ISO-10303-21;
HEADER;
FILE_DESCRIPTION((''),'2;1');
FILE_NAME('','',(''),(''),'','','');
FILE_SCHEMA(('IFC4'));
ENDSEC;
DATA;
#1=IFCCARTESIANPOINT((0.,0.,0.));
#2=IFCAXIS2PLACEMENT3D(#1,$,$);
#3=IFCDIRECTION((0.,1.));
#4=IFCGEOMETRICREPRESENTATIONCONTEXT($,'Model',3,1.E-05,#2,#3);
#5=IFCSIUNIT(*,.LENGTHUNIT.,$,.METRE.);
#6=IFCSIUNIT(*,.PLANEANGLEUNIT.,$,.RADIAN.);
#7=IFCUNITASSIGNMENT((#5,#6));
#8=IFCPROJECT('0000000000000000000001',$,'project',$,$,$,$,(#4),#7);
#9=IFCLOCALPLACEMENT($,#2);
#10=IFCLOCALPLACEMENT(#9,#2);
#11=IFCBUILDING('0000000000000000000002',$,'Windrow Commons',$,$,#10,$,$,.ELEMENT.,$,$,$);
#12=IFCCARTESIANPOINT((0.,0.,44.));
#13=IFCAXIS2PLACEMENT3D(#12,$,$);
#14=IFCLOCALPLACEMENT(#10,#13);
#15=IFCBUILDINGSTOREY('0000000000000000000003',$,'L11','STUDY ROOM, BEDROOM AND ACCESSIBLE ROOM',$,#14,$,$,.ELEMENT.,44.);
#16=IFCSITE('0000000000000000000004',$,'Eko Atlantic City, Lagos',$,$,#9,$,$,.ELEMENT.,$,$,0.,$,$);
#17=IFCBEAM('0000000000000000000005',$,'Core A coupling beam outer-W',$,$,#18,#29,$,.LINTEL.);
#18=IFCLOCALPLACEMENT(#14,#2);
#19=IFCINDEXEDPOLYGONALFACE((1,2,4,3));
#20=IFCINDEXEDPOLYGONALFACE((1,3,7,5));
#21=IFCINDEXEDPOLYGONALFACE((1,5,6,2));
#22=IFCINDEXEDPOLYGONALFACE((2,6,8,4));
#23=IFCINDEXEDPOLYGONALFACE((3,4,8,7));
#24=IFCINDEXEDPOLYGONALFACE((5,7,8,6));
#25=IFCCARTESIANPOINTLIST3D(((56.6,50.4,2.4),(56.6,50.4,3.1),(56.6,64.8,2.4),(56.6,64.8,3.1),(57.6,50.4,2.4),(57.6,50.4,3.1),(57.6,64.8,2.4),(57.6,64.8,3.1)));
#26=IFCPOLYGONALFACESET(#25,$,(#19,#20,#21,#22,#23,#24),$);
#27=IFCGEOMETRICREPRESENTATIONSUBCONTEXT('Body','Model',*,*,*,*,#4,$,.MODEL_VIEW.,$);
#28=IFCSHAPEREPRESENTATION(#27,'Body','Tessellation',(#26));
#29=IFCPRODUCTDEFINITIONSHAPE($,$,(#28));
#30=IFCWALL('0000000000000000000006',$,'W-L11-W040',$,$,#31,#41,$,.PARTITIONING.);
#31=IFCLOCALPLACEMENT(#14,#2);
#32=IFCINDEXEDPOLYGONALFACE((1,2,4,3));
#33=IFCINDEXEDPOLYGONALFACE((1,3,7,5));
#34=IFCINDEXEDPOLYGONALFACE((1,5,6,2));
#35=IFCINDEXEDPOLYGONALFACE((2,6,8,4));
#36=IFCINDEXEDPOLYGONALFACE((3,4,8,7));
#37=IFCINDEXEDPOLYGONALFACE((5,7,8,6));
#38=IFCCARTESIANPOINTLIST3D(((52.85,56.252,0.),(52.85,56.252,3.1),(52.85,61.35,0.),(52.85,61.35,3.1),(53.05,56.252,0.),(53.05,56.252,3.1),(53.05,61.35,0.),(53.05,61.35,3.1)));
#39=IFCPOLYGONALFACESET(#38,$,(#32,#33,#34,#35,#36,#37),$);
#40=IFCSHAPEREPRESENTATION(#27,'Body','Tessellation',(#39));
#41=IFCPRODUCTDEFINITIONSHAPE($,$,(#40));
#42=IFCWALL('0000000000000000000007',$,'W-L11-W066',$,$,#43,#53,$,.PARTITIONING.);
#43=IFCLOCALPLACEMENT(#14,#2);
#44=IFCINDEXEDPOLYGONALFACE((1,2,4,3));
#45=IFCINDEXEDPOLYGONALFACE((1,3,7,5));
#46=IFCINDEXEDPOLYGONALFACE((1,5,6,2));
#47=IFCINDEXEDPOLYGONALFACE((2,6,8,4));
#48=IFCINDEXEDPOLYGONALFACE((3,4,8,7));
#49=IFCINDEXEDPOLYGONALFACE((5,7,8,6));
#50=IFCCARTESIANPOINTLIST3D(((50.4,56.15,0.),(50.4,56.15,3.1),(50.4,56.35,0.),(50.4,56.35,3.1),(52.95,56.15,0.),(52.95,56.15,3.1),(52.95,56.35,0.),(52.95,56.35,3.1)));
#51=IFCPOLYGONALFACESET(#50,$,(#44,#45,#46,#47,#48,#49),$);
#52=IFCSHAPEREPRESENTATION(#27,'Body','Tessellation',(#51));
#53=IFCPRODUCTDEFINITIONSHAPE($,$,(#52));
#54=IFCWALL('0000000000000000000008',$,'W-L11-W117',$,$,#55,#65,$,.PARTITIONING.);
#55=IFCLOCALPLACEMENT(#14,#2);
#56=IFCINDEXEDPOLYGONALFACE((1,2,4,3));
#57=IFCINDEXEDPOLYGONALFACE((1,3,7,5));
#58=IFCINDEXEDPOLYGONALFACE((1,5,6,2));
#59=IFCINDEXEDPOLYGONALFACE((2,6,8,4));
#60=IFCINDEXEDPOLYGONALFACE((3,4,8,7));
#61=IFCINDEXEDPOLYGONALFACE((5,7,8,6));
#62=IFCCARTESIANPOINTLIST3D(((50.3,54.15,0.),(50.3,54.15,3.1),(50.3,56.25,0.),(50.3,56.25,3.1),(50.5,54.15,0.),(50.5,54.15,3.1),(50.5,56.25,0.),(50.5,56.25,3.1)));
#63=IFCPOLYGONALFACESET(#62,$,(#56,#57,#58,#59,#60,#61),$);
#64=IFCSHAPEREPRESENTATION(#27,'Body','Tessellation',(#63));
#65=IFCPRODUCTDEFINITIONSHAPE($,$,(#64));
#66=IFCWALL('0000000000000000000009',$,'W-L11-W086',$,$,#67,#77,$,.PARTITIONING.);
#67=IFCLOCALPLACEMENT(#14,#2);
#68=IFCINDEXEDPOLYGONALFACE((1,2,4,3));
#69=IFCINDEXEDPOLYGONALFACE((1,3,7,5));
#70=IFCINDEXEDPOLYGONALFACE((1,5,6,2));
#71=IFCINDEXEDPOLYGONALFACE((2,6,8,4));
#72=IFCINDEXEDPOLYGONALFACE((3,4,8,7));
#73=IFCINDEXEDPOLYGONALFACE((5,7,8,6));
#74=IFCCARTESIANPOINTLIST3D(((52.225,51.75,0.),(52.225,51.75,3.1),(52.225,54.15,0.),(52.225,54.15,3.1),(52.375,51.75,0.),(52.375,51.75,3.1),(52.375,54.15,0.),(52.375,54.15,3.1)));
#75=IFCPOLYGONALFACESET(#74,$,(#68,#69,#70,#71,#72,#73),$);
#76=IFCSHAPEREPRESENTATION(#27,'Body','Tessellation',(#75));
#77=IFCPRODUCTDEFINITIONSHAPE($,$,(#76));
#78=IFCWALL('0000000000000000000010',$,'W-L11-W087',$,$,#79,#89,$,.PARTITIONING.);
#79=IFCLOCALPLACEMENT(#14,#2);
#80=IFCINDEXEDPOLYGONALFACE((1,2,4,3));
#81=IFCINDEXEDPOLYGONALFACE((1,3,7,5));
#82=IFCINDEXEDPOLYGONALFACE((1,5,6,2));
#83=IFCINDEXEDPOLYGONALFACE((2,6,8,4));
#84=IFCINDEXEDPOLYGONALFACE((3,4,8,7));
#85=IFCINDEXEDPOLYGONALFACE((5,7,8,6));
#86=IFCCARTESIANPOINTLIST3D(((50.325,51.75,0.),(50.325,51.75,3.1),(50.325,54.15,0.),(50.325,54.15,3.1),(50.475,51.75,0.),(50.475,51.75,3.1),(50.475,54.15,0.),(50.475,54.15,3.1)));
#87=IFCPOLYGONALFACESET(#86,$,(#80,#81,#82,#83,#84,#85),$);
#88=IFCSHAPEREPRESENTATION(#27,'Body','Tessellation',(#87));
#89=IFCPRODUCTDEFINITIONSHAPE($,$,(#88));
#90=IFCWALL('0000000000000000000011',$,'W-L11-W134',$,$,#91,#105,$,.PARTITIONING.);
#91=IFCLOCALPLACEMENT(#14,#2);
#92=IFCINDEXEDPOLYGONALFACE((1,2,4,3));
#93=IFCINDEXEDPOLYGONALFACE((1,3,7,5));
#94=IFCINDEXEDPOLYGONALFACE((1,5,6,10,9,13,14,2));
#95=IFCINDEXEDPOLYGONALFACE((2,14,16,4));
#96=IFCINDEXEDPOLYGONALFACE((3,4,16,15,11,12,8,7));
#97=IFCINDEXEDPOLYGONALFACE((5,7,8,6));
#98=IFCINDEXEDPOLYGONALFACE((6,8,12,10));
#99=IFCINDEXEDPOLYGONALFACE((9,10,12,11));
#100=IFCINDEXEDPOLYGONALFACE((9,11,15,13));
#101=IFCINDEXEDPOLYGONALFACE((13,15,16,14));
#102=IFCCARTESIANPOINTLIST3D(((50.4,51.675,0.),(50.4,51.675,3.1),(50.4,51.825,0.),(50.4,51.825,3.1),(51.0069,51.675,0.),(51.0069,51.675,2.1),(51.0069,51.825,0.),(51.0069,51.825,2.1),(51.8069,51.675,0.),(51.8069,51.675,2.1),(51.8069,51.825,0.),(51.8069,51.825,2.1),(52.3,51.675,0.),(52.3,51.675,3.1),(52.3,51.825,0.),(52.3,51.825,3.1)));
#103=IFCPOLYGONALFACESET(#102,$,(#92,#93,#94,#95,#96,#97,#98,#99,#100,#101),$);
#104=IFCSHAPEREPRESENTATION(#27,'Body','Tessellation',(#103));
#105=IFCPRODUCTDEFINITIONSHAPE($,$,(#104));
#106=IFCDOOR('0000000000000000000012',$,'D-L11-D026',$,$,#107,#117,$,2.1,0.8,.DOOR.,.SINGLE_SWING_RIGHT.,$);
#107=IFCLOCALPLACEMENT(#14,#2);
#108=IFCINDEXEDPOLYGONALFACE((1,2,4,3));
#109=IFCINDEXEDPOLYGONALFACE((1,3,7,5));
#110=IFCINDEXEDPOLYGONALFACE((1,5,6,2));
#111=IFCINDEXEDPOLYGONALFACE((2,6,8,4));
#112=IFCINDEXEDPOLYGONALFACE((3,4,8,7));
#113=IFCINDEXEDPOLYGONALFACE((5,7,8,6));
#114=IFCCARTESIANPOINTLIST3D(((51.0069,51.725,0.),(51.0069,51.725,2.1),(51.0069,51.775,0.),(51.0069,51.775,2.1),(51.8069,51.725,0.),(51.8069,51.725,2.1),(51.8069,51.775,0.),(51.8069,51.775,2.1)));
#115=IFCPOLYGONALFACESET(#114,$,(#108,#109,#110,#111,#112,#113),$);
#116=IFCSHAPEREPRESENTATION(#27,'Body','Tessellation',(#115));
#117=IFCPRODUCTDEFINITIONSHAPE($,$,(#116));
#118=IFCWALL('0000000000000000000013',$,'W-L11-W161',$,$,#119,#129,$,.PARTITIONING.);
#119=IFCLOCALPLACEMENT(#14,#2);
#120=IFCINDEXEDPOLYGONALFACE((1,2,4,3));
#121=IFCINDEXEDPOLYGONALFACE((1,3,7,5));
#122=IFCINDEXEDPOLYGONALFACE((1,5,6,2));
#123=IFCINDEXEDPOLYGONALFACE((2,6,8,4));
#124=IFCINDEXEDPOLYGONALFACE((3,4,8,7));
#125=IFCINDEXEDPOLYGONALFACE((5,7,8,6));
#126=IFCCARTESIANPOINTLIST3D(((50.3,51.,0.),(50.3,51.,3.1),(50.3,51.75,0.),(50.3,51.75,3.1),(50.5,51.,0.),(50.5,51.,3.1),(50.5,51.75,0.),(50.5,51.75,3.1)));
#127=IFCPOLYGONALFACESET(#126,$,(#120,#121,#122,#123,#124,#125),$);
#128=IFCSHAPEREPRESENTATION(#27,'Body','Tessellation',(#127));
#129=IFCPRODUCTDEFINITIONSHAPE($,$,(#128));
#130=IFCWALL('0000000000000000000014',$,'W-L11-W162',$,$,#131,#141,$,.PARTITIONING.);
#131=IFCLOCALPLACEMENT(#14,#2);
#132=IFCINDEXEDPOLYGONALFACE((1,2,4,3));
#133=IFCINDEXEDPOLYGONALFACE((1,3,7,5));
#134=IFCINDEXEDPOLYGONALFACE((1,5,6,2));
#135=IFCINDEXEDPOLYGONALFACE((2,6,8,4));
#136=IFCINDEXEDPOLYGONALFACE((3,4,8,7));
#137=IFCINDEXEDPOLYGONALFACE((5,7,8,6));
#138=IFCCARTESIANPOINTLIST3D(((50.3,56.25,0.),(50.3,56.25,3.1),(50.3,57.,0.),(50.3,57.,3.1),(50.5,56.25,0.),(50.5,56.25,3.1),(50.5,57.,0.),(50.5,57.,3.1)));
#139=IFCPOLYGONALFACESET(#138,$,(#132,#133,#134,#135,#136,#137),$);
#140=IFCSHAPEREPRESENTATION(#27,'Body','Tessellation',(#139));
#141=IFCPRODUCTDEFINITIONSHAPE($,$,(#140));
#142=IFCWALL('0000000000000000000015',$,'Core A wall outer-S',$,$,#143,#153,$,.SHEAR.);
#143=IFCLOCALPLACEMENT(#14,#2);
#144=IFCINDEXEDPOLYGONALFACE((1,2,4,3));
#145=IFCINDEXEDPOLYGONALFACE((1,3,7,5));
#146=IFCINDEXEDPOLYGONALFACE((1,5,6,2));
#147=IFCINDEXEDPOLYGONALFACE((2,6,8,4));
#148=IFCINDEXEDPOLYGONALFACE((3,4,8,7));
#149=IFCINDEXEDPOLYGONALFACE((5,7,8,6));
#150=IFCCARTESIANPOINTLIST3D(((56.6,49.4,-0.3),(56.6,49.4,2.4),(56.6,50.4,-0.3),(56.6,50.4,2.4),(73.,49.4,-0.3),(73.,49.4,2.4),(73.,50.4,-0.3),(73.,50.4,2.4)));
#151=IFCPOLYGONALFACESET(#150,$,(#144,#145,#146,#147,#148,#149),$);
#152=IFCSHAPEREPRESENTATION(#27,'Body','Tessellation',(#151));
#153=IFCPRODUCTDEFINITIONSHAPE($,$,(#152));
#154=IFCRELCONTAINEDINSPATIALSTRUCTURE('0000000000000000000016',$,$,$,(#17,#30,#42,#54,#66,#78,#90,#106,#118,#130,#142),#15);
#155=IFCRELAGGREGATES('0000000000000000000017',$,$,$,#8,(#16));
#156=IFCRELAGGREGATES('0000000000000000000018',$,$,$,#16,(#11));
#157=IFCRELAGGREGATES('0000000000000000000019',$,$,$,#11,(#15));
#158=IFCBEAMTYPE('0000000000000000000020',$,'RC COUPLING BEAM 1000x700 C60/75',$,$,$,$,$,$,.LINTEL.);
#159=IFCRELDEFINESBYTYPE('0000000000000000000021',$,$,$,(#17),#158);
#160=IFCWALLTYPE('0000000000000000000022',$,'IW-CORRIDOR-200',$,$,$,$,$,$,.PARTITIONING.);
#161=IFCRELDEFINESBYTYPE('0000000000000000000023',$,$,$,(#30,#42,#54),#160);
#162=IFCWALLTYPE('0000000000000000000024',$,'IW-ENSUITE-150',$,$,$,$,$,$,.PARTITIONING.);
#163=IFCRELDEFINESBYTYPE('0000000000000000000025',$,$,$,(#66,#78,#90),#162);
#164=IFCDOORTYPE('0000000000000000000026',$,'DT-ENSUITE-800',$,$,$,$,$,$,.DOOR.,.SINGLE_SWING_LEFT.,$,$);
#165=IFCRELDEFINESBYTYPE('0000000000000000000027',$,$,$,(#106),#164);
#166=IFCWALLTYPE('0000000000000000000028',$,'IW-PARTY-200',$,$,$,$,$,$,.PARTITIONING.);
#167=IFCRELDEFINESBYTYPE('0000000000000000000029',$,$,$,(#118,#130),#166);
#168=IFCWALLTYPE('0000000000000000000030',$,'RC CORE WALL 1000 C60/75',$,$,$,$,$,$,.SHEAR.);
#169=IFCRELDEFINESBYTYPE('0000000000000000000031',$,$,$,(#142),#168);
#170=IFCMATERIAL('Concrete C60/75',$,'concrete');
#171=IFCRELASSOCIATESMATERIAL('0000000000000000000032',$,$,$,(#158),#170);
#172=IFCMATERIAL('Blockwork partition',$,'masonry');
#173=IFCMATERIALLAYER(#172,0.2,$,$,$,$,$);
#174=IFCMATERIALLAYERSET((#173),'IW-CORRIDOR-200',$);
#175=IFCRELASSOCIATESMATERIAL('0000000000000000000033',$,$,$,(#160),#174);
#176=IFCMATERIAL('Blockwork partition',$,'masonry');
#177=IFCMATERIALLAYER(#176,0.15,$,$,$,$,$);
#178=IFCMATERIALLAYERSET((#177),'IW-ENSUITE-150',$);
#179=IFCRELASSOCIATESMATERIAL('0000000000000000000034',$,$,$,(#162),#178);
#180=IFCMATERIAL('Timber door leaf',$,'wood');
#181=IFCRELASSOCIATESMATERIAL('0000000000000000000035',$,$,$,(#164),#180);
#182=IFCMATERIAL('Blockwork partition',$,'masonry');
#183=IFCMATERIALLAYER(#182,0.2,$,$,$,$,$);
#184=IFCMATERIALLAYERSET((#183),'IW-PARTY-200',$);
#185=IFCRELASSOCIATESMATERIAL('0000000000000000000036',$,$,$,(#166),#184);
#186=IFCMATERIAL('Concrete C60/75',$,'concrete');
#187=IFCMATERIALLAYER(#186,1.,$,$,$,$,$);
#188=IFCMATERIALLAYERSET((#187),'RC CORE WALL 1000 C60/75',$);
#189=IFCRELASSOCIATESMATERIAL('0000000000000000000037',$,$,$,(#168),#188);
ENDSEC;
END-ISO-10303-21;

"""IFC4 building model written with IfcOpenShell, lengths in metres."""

from ifc_helpers import new_model, si_unit, direction, frame, frame_2d, origin, origin_2d, place, context, subcontext, project, spatial, rectangle, extrude, material, layer, layer_set, material_profile, profile_set, type_object, element, fill, save


model = new_model("IFC4")

# Units and contexts
model_context = context("Model", 3, precision=1e-05, world=origin(), true_north=direction((0.0, 1.0)))
body_context = subcontext(model_context, "Body", "Model", "MODEL_VIEW")
ifc_project = project(units=[si_unit("LENGTHUNIT", "METRE"), si_unit("PLANEANGLEUNIT", "RADIAN")], contexts=[model_context])

# Site, building, storey
site_placement = place(None, origin())
site = spatial("IfcSite", under=ifc_project, at=site_placement, Name="Eko Atlantic City, Lagos", CompositionType="ELEMENT", RefElevation=0.0)
building_placement = place(site_placement, origin())
building = spatial("IfcBuilding", under=site, at=building_placement, Name="Windrow Commons", CompositionType="ELEMENT")
storey_placement = place(building_placement, frame((0.0, 0.0, 44.0)))
storey = spatial("IfcBuildingStorey", under=building, at=storey_placement, Name="L11", Description="STUDY ROOM, BEDROOM AND ACCESSIBLE ROOM", CompositionType="ELEMENT", Elevation=44.0)

# Beam
ifc_material_1 = material(Name="Concrete C60/75", Category="concrete")
ifc_material_profile = material_profile(ifc_material_1, rectangle(XDim=1.0, YDim=0.7, at=origin_2d()))
ifc_profile_set = profile_set([ifc_material_profile], Name="Concrete C60/75")
beam_type = type_object("IfcBeamType", Name="RC COUPLING BEAM 1000x700 C60/75", PredefinedType="LINTEL", material=ifc_profile_set)
beam_placement = place(storey_placement, frame((57.1, 50.4, 2.75), z_axis=(0.0, 1.0, 0.0), x_axis=(-1.0, 0.0, 0.0)))
element("IfcBeam", 1, at=beam_placement, inside=storey, type_object=beam_type, Name="Core A coupling beam outer-W", PredefinedType="LINTEL", context=body_context, shape_type="SweptSolid", body=[
    extrude(rectangle(XDim=1.0, YDim=0.7, at=origin_2d()), origin(), (0.0, 0.0, 1.0), 14.4),
])

# Walls
ifc_material_2 = material(Name="Blockwork partition", Category="masonry")
ifc_layer_1 = layer(ifc_material_2, 0.2)
ifc_layer_set_1 = layer_set([ifc_layer_1], Name="IW-CORRIDOR-200")
wall_type_1 = type_object("IfcWallType", Name="IW-CORRIDOR-200", PredefinedType="PARTITIONING", material=ifc_layer_set_1)
wall_1_placement = place(storey_placement, frame((52.95, 56.252, 0.0), z_axis=(0.0, 0.0, 1.0), x_axis=(0.0, 1.0, 0.0)))
element("IfcWall", 2, at=wall_1_placement, inside=storey, type_object=wall_type_1, Name="W-L11-W040", PredefinedType="PARTITIONING", context=body_context, shape_type="SweptSolid", body=[
    extrude(rectangle(XDim=5.098, YDim=0.2, at=frame_2d((2.549, 0.0))), origin(), (0.0, 0.0, 1.0), 3.1),
])
wall_2_placement = place(storey_placement, frame((50.4, 56.25, 0.0), z_axis=(0.0, 0.0, 1.0), x_axis=(1.0, 0.0, 0.0)))
element("IfcWall", 3, at=wall_2_placement, inside=storey, type_object=wall_type_1, Name="W-L11-W066", PredefinedType="PARTITIONING", context=body_context, shape_type="SweptSolid", body=[
    extrude(rectangle(XDim=2.55, YDim=0.2, at=frame_2d((1.275, 0.0))), origin(), (0.0, 0.0, 1.0), 3.1),
])
wall_3_placement = place(storey_placement, frame((50.4, 54.15, 0.0), z_axis=(0.0, 0.0, 1.0), x_axis=(0.0, 1.0, 0.0)))
element("IfcWall", 4, at=wall_3_placement, inside=storey, type_object=wall_type_1, Name="W-L11-W117", PredefinedType="PARTITIONING", context=body_context, shape_type="SweptSolid", body=[
    extrude(rectangle(XDim=2.1, YDim=0.2, at=frame_2d((1.05, 0.0))), origin(), (0.0, 0.0, 1.0), 3.1),
])
ifc_material_3 = material(Name="Blockwork partition", Category="masonry")
ifc_layer_2 = layer(ifc_material_3, 0.15)
ifc_layer_set_2 = layer_set([ifc_layer_2], Name="IW-ENSUITE-150")
wall_type_2 = type_object("IfcWallType", Name="IW-ENSUITE-150", PredefinedType="PARTITIONING", material=ifc_layer_set_2)
for number, where, z_axis, x_axis, name in (
    (5, (52.3, 51.75, 0.0), (0.0, 0.0, 1.0), (0.0, 1.0, 0.0), "W-L11-W086"),
    (6, (50.4, 51.75, 0.0), (0.0, 0.0, 1.0), (0.0, 1.0, 0.0), "W-L11-W087"),
):
    element("IfcWall", number, at=place(storey_placement, frame(where, z_axis=z_axis, x_axis=x_axis)), inside=storey, type_object=wall_type_2, Name=name, PredefinedType="PARTITIONING", context=body_context, shape_type="SweptSolid", body=[
        extrude(rectangle(XDim=2.4, YDim=0.15, at=frame_2d((1.2, 0.0))), origin(), (0.0, 0.0, 1.0), 3.1),
    ])

# Wall, opening, door
wall_4_placement = place(storey_placement, frame((50.4, 51.75, 0.0), z_axis=(0.0, 0.0, 1.0), x_axis=(1.0, 0.0, 0.0)))
wall_4 = element("IfcWall", 7, at=wall_4_placement, inside=storey, type_object=wall_type_2, Name="W-L11-W134", PredefinedType="PARTITIONING", context=body_context, shape_type="SweptSolid", body=[
    extrude(rectangle(XDim=1.9, YDim=0.15, at=frame_2d((0.95, 0.0))), origin(), (0.0, 0.0, 1.0), 3.1),
])
opening_1_placement = place(wall_4_placement, frame((0.6069, 0.0, 0.0)))
opening_1 = element("IfcOpeningElement", 8, at=opening_1_placement, cuts=wall_4, PredefinedType="OPENING", context=body_context, shape_type="SweptSolid", body=[
    extrude(rectangle(XDim=0.8, YDim=2.1, at=frame_2d((0.4, 1.05))), frame((0.0, 0.085, 0.0), z_axis=(0.0, -1.0, 0.0), x_axis=(1.0, 0.0, 0.0)), (0.0, 0.0, 1.0), 0.17),
])
ifc_material_4 = material(Name="Timber door leaf", Category="wood")
door_type_1 = type_object("IfcDoorType", Name="DT-ENSUITE-800", OperationType="SINGLE_SWING_LEFT", PredefinedType="DOOR", material=ifc_material_4)
door_1_placement = place(opening_1_placement, origin())
door_1 = element("IfcDoor", 9, at=door_1_placement, inside=storey, type_object=door_type_1, Name="D-L11-D026", OperationType="SINGLE_SWING_RIGHT", OverallHeight=2.1, OverallWidth=0.8, PredefinedType="DOOR", context=body_context, shape_type="SweptSolid", body=[
    extrude(rectangle(XDim=0.8, YDim=2.1, at=frame_2d((0.4, 1.05))), frame((0.0, 0.025, 0.0), z_axis=(0.0, -1.0, 0.0), x_axis=(1.0, 0.0, 0.0)), (0.0, 0.0, 1.0), 0.05),
])
fill(opening_1, door_1)

# Walls
ifc_material_5 = material(Name="Blockwork partition", Category="masonry")
ifc_layer_3 = layer(ifc_material_5, 0.2)
ifc_layer_set_3 = layer_set([ifc_layer_3], Name="IW-PARTY-200")
wall_type_3 = type_object("IfcWallType", Name="IW-PARTY-200", PredefinedType="PARTITIONING", material=ifc_layer_set_3)
for number, where, z_axis, x_axis, name in (
    (10, (50.4, 51.0, 0.0), (0.0, 0.0, 1.0), (0.0, 1.0, 0.0), "W-L11-W161"),
    (11, (50.4, 56.25, 0.0), (0.0, 0.0, 1.0), (0.0, 1.0, 0.0), "W-L11-W162"),
):
    element("IfcWall", number, at=place(storey_placement, frame(where, z_axis=z_axis, x_axis=x_axis)), inside=storey, type_object=wall_type_3, Name=name, PredefinedType="PARTITIONING", context=body_context, shape_type="SweptSolid", body=[
        extrude(rectangle(XDim=0.75, YDim=0.2, at=frame_2d((0.375, 0.0))), origin(), (0.0, 0.0, 1.0), 3.1),
    ])
ifc_material_6 = material(Name="Concrete C60/75", Category="concrete")
ifc_layer_4 = layer(ifc_material_6, 1.0)
ifc_layer_set_4 = layer_set([ifc_layer_4], Name="RC CORE WALL 1000 C60/75")
wall_type_4 = type_object("IfcWallType", Name="RC CORE WALL 1000 C60/75", PredefinedType="SHEAR", material=ifc_layer_set_4)
wall_5_placement = place(storey_placement, frame((56.6, 49.9, -0.3), z_axis=(0.0, 0.0, 1.0), x_axis=(1.0, 0.0, 0.0)))
element("IfcWall", 12, at=wall_5_placement, inside=storey, type_object=wall_type_4, Name="Core A wall outer-S", PredefinedType="SHEAR", context=body_context, shape_type="SweptSolid", body=[
    extrude(rectangle(XDim=16.4, YDim=1.0, at=frame_2d((8.2, 0.0))), origin(), (0.0, 0.0, 1.0), 2.7),
])

save(model, "model.ifc")
